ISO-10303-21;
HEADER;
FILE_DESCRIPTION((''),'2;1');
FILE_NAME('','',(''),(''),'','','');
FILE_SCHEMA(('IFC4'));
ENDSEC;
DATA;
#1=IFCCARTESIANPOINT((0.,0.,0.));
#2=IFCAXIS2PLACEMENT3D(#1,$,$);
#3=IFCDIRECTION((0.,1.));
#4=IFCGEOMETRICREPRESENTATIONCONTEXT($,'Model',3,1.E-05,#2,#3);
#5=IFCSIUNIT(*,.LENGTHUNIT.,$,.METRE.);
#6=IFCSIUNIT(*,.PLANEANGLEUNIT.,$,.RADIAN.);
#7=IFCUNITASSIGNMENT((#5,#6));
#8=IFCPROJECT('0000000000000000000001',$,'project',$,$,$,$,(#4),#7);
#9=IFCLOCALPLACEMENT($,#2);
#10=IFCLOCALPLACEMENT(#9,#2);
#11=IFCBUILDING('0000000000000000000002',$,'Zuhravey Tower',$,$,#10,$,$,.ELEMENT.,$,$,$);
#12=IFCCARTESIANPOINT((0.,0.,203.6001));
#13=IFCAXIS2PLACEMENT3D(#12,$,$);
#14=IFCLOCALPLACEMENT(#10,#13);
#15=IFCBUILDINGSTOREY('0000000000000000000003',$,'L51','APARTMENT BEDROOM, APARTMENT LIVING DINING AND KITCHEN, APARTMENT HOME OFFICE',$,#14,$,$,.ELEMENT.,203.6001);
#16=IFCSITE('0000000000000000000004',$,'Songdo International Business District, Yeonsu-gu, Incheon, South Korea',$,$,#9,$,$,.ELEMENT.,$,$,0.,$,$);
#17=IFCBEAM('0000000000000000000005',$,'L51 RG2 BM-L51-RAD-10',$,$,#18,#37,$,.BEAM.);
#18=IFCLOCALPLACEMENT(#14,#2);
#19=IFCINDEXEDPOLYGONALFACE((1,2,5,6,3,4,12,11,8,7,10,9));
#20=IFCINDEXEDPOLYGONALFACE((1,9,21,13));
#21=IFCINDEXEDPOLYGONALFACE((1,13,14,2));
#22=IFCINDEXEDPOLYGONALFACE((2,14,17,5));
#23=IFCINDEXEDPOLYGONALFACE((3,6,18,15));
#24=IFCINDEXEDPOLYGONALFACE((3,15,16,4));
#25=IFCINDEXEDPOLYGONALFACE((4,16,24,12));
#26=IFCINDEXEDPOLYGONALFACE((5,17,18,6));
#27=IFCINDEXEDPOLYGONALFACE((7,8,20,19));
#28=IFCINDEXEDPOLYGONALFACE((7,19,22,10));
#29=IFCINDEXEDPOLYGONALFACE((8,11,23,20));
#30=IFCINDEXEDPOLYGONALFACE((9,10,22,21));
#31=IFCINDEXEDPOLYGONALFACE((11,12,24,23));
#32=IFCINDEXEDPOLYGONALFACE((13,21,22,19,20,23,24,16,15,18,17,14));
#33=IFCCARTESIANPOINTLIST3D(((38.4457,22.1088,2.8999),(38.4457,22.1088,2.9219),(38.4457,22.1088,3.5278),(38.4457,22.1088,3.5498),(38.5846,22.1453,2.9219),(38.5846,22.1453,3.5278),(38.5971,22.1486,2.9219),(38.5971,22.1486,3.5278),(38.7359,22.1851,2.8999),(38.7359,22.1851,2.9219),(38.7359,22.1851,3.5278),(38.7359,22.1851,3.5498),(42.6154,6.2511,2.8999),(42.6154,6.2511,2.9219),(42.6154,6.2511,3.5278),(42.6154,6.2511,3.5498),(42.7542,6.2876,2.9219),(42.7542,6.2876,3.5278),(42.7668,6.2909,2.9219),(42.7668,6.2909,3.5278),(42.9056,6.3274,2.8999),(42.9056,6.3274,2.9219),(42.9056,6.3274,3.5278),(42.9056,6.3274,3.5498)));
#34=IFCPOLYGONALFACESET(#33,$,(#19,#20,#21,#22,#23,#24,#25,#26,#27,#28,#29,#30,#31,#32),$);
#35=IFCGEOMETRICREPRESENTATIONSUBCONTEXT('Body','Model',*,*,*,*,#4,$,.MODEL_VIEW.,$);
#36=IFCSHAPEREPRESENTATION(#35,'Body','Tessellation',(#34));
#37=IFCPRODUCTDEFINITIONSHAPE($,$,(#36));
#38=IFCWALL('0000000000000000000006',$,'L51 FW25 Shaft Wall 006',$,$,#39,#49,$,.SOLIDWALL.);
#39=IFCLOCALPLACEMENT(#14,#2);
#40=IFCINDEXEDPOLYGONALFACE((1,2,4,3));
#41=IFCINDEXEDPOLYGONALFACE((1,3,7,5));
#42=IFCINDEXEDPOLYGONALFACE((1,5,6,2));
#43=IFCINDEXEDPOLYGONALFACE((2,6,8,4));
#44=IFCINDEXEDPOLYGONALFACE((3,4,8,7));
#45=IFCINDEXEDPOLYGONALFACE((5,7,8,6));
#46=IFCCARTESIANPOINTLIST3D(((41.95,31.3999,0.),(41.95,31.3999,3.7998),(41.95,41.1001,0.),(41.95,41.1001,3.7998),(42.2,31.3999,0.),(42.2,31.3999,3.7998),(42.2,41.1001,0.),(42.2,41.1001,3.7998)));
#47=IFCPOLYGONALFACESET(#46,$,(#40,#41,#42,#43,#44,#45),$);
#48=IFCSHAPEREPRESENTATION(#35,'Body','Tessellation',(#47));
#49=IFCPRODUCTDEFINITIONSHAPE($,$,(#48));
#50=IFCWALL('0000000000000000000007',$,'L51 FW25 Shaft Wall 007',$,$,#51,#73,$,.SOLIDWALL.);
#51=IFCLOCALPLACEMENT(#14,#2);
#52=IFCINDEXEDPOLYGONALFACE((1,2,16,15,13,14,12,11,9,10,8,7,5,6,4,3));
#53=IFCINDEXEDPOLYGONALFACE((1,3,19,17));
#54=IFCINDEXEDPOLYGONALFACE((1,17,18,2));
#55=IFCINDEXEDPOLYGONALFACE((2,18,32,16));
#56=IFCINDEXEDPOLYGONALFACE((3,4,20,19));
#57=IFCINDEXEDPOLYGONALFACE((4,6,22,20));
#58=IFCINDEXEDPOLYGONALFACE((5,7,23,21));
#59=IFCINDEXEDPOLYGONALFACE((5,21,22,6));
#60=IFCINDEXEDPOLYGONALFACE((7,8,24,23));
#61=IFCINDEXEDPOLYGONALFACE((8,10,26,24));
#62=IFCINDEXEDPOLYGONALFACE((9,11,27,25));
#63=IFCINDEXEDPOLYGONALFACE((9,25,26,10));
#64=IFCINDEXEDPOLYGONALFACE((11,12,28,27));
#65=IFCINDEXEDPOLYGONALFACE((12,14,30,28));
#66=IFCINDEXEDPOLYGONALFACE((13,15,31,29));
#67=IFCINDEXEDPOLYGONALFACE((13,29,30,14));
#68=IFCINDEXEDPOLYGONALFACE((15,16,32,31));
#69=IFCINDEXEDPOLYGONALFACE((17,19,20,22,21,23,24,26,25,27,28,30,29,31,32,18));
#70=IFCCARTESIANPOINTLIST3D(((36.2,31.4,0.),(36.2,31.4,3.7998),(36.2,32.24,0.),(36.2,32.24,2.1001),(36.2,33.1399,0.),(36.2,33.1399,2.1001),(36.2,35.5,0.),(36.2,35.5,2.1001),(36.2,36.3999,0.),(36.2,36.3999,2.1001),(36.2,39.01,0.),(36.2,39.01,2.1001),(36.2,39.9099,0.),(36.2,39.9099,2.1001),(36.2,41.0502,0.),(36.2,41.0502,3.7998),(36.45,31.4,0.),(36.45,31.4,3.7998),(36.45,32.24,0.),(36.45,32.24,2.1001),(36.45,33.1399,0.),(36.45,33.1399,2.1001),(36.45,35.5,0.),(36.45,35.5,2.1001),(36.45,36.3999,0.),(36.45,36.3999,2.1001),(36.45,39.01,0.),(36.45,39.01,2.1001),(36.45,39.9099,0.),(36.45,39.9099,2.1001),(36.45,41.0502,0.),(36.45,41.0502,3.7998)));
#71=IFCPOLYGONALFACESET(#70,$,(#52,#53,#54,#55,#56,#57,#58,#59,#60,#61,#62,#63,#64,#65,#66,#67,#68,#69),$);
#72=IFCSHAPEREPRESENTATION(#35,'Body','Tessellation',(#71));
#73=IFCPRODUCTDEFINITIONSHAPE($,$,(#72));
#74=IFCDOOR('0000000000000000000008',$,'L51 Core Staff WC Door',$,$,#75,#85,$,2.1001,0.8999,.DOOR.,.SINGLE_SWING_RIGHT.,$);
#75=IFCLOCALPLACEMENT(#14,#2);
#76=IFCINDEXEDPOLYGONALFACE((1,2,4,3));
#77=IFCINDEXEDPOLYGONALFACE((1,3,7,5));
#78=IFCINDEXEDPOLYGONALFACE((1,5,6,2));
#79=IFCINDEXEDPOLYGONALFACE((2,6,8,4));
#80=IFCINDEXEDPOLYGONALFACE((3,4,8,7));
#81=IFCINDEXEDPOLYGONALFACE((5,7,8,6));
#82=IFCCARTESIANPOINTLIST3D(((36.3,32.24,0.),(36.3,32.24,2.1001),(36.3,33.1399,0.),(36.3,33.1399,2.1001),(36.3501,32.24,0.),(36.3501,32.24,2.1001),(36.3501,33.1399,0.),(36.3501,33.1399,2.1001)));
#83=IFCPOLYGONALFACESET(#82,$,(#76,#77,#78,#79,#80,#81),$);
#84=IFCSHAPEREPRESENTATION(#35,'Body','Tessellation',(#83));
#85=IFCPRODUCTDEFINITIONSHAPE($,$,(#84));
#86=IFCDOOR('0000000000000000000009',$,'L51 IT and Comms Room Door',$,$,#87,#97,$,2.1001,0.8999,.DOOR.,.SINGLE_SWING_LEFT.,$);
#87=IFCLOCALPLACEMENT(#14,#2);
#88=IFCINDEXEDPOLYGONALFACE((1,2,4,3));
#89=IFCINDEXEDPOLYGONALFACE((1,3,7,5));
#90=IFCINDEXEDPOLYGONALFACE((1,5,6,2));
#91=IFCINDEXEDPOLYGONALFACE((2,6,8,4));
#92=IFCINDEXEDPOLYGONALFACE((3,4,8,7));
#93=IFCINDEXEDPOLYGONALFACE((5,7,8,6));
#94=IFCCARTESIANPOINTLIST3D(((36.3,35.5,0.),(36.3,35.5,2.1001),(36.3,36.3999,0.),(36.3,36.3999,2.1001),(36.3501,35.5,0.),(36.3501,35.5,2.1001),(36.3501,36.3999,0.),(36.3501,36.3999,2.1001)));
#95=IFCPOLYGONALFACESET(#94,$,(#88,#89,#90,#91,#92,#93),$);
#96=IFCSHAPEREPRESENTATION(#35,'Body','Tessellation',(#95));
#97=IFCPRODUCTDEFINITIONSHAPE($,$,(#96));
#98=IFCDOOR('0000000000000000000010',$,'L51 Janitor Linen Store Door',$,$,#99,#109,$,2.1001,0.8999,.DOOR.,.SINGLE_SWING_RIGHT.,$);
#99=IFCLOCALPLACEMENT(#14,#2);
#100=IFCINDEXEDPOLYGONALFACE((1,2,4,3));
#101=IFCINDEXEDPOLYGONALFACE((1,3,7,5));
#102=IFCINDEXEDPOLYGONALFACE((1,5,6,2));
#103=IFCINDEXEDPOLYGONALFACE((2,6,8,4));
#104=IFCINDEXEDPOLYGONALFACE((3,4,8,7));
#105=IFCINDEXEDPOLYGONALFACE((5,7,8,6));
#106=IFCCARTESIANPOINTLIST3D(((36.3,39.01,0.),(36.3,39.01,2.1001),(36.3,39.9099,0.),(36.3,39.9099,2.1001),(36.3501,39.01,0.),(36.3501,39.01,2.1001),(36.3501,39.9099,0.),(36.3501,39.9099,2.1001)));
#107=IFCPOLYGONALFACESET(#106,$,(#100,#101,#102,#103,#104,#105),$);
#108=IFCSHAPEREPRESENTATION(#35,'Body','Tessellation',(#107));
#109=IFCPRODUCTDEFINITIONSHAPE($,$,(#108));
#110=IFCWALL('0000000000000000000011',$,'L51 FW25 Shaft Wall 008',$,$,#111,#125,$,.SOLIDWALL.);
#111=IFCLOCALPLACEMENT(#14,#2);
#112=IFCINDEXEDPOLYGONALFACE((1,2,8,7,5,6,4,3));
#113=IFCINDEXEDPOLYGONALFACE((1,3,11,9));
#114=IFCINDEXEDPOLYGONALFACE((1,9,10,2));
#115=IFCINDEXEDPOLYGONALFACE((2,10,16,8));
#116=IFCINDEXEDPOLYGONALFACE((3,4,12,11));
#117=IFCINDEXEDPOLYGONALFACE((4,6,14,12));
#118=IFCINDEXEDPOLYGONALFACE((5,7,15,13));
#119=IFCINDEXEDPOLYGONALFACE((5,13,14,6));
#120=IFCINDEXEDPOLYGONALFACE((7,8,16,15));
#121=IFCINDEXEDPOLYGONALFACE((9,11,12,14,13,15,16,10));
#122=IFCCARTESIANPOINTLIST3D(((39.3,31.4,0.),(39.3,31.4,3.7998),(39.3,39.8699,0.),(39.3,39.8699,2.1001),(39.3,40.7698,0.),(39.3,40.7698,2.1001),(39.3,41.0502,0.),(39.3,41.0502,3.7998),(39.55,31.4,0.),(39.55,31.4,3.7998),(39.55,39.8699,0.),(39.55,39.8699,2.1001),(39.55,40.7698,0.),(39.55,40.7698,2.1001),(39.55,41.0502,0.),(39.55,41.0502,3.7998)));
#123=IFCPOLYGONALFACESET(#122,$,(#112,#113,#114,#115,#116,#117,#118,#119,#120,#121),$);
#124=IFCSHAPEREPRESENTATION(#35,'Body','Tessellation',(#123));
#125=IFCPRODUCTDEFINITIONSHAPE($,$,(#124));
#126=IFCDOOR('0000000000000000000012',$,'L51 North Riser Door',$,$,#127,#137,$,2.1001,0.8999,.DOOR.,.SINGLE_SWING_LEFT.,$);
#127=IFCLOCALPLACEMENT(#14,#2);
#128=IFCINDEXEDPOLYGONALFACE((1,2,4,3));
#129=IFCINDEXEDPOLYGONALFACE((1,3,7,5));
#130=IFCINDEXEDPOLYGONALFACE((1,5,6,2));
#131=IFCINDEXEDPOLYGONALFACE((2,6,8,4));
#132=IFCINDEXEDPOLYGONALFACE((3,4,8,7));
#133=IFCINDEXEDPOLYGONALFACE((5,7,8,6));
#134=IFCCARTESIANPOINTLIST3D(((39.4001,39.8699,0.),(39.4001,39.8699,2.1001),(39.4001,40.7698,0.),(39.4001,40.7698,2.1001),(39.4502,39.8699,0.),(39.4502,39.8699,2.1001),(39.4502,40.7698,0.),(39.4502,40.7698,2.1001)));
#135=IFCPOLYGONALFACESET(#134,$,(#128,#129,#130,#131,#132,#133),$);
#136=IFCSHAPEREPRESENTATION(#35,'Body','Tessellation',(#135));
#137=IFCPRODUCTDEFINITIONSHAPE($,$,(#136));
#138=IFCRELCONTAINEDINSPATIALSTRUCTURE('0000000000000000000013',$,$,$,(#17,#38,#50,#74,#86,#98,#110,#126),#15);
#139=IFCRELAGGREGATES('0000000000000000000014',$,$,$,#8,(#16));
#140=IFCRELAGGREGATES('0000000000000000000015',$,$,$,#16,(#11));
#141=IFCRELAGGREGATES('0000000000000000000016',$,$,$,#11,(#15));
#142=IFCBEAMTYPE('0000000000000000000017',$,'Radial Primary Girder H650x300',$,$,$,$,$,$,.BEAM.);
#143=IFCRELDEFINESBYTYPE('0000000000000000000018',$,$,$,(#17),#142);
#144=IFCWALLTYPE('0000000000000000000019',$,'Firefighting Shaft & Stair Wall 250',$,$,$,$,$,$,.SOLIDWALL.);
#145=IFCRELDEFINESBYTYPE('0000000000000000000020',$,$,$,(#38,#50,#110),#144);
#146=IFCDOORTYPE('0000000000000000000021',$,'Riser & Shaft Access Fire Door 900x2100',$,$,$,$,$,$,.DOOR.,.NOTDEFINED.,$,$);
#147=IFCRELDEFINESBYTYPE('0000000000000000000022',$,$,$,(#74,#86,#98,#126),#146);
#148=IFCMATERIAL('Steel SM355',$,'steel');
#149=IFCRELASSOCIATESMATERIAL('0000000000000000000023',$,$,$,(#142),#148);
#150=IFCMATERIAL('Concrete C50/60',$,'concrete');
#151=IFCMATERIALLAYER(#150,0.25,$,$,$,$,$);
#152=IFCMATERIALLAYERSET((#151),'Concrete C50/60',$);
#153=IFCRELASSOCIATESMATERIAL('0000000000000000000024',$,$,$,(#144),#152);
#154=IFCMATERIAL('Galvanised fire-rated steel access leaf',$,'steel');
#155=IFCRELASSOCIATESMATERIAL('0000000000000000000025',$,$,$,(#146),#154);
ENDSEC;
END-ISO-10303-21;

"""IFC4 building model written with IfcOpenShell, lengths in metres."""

from ifc_helpers import new_model, si_unit, direction, frame, frame_2d, origin, origin_2d, place, context, subcontext, project, spatial, rectangle, i_section, extrude, material, layer, layer_set, material_profile, profile_set, type_object, element, fill, save


model = new_model("IFC4")

# Units and contexts
model_context = context("Model", 3, precision=1e-05, world=origin(), true_north=direction((0.0, 1.0)))
body_context = subcontext(model_context, "Body", "Model", "MODEL_VIEW")
ifc_project = project(units=[si_unit("LENGTHUNIT", "METRE"), si_unit("PLANEANGLEUNIT", "RADIAN")], contexts=[model_context])

# Site, building, storey
site_placement = place(None, origin())
site = spatial("IfcSite", under=ifc_project, at=site_placement, Name="Songdo International Business District, Yeonsu-gu, Incheon, South Korea", CompositionType="ELEMENT", RefElevation=0.0)
building_placement = place(site_placement, origin())
building = spatial("IfcBuilding", under=site, at=building_placement, Name="Zuhravey Tower", CompositionType="ELEMENT")
storey_placement = place(building_placement, frame((0.0, 0.0, 203.6001)))
storey = spatial("IfcBuildingStorey", under=building, at=storey_placement, Name="L51", Description="APARTMENT BEDROOM, APARTMENT LIVING DINING AND KITCHEN, APARTMENT HOME OFFICE", CompositionType="ELEMENT", Elevation=203.6001)

# Beam
ifc_material_1 = material(Name="Steel SM355", Category="steel")
ifc_material_profile = material_profile(ifc_material_1, i_section(OverallWidth=0.3, OverallDepth=0.6499, WebThickness=0.0129, FlangeThickness=0.022, at=origin_2d()), Name="H-650x300x13x22")
ifc_profile_set = profile_set([ifc_material_profile], Name="Steel SM355")
beam_type = type_object("IfcBeamType", Name="Radial Primary Girder H650x300", PredefinedType="BEAM", material=ifc_profile_set)
beam_placement = place(storey_placement, frame((38.5908, 22.147, 3.2249), z_axis=(0.2543, -0.967125, 0.0), x_axis=(0.967125, 0.2543, 0.0)))
element("IfcBeam", 1, at=beam_placement, inside=storey, type_object=beam_type, Name="L51 RG2 BM-L51-RAD-10", PredefinedType="BEAM", context=body_context, shape_type="SweptSolid", body=[
    extrude(i_section(OverallWidth=0.3, OverallDepth=0.6499, WebThickness=0.0129, FlangeThickness=0.022, at=origin_2d()), origin(), (0.0, 0.0, 1.0), 16.3967),
])

# Wall
ifc_material_2 = material(Name="Concrete C50/60", Category="concrete")
ifc_layer_1 = layer(ifc_material_2, 0.25)
ifc_layer_set_1 = layer_set([ifc_layer_1], Name="Concrete C50/60")
wall_type_1 = type_object("IfcWallType", Name="Firefighting Shaft & Stair Wall 250", PredefinedType="SOLIDWALL", material=ifc_layer_set_1)
wall_1_placement = place(storey_placement, frame((42.075, 31.3999, 0.0), z_axis=(0.0, 0.0, 1.0), x_axis=(0.0, 1.0, 0.0)))
element("IfcWall", 2, at=wall_1_placement, inside=storey, type_object=wall_type_1, Name="L51 FW25 Shaft Wall 006", PredefinedType="SOLIDWALL", context=body_context, shape_type="SweptSolid", body=[
    extrude(rectangle(XDim=9.7002, YDim=0.25, at=frame_2d((4.8501, 0.0))), origin(), (0.0, 0.0, 1.0), 3.7998),
])

# Wall, openings, doors
wall_2_placement = place(storey_placement, frame((36.325, 31.3999, 0.0), z_axis=(0.0, 0.0, 1.0), x_axis=(0.0, 1.0, 0.0)))
wall_2 = element("IfcWall", 3, at=wall_2_placement, inside=storey, type_object=wall_type_1, Name="L51 FW25 Shaft Wall 007", PredefinedType="SOLIDWALL", context=body_context, shape_type="SweptSolid", body=[
    extrude(rectangle(XDim=9.6501, YDim=0.25, at=frame_2d((4.8252, 0.0))), origin(), (0.0, 0.0, 1.0), 3.7998),
])
opening_1_placement = place(wall_2_placement, frame((0.8401, 0.0, 0.0)))
opening_1 = element("IfcOpeningElement", 4, at=opening_1_placement, cuts=wall_2, PredefinedType="OPENING", context=body_context, shape_type="SweptSolid", body=[
    extrude(rectangle(XDim=0.8999, YDim=2.1001, at=frame_2d((0.45, 1.05))), frame((0.0, 0.137, 0.0), z_axis=(0.0, -1.0, 0.0), x_axis=(1.0, 0.0, 0.0)), (0.0, 0.0, 1.0), 0.2739),
])
opening_2_placement = place(wall_2_placement, frame((4.1001, 0.0, 0.0)))
opening_2 = element("IfcOpeningElement", 5, at=opening_2_placement, cuts=wall_2, PredefinedType="OPENING", context=body_context, shape_type="SweptSolid", body=[
    extrude(rectangle(XDim=0.8999, YDim=2.1001, at=frame_2d((0.45, 1.05))), frame((0.0, 0.137, 0.0), z_axis=(0.0, -1.0, 0.0), x_axis=(1.0, 0.0, 0.0)), (0.0, 0.0, 1.0), 0.2739),
])
opening_3_placement = place(wall_2_placement, frame((7.6101, 0.0, 0.0)))
opening_3 = element("IfcOpeningElement", 6, at=opening_3_placement, cuts=wall_2, PredefinedType="OPENING", context=body_context, shape_type="SweptSolid", body=[
    extrude(rectangle(XDim=0.8999, YDim=2.1001, at=frame_2d((0.45, 1.05))), frame((0.0, 0.137, 0.0), z_axis=(0.0, -1.0, 0.0), x_axis=(1.0, 0.0, 0.0)), (0.0, 0.0, 1.0), 0.2739),
])
ifc_material_3 = material(Name="Galvanised fire-rated steel access leaf", Category="steel")
door_type_1 = type_object("IfcDoorType", Name="Riser & Shaft Access Fire Door 900x2100", OperationType="NOTDEFINED", PredefinedType="DOOR", material=ifc_material_3)
door_1_placement = place(opening_1_placement, origin())
door_1 = element("IfcDoor", 7, at=door_1_placement, inside=storey, type_object=door_type_1, Name="L51 Core Staff WC Door", OperationType="SINGLE_SWING_RIGHT", OverallHeight=2.1001, OverallWidth=0.8999, PredefinedType="DOOR", context=body_context, shape_type="SweptSolid", body=[
    extrude(rectangle(XDim=0.8999, YDim=2.1001, at=frame_2d((0.45, 1.05))), frame((0.0, 0.0249, 0.0), z_axis=(0.0, -1.0, 0.0), x_axis=(1.0, 0.0, 0.0)), (0.0, 0.0, 1.0), 0.05),
])
fill(opening_1, door_1)
door_2_placement = place(opening_2_placement, origin())
door_2 = element("IfcDoor", 8, at=door_2_placement, inside=storey, type_object=door_type_1, Name="L51 IT and Comms Room Door", OperationType="SINGLE_SWING_LEFT", OverallHeight=2.1001, OverallWidth=0.8999, PredefinedType="DOOR", context=body_context, shape_type="SweptSolid", body=[
    extrude(rectangle(XDim=0.8999, YDim=2.1001, at=frame_2d((0.45, 1.05))), frame((0.0, 0.0249, 0.0), z_axis=(0.0, -1.0, 0.0), x_axis=(1.0, 0.0, 0.0)), (0.0, 0.0, 1.0), 0.05),
])
fill(opening_2, door_2)
door_3_placement = place(opening_3_placement, origin())
door_3 = element("IfcDoor", 9, at=door_3_placement, inside=storey, type_object=door_type_1, Name="L51 Janitor Linen Store Door", OperationType="SINGLE_SWING_RIGHT", OverallHeight=2.1001, OverallWidth=0.8999, PredefinedType="DOOR", context=body_context, shape_type="SweptSolid", body=[
    extrude(rectangle(XDim=0.8999, YDim=2.1001, at=frame_2d((0.45, 1.05))), frame((0.0, 0.0249, 0.0), z_axis=(0.0, -1.0, 0.0), x_axis=(1.0, 0.0, 0.0)), (0.0, 0.0, 1.0), 0.05),
])
fill(opening_3, door_3)

# Wall, opening, door
wall_3_placement = place(storey_placement, frame((39.425, 31.3999, 0.0), z_axis=(0.0, 0.0, 1.0), x_axis=(0.0, 1.0, 0.0)))
wall_3 = element("IfcWall", 10, at=wall_3_placement, inside=storey, type_object=wall_type_1, Name="L51 FW25 Shaft Wall 008", PredefinedType="SOLIDWALL", context=body_context, shape_type="SweptSolid", body=[
    extrude(rectangle(XDim=9.6501, YDim=0.25, at=frame_2d((4.8252, 0.0))), origin(), (0.0, 0.0, 1.0), 3.7998),
])
opening_4_placement = place(wall_3_placement, frame((8.47, 0.0, 0.0)))
opening_4 = element("IfcOpeningElement", 11, at=opening_4_placement, cuts=wall_3, PredefinedType="OPENING", context=body_context, shape_type="SweptSolid", body=[
    extrude(rectangle(XDim=0.8999, YDim=2.1001, at=frame_2d((0.45, 1.05))), frame((0.0, 0.137, 0.0), z_axis=(0.0, -1.0, 0.0), x_axis=(1.0, 0.0, 0.0)), (0.0, 0.0, 1.0), 0.2739),
])
door_4_placement = place(opening_4_placement, origin())
door_4 = element("IfcDoor", 12, at=door_4_placement, inside=storey, type_object=door_type_1, Name="L51 North Riser Door", OperationType="SINGLE_SWING_LEFT", OverallHeight=2.1001, OverallWidth=0.8999, PredefinedType="DOOR", context=body_context, shape_type="SweptSolid", body=[
    extrude(rectangle(XDim=0.8999, YDim=2.1001, at=frame_2d((0.45, 1.05))), frame((0.0, 0.0249, 0.0), z_axis=(0.0, -1.0, 0.0), x_axis=(1.0, 0.0, 0.0)), (0.0, 0.0, 1.0), 0.05),
])
fill(opening_4, door_4)

save(model, "model.ifc")
